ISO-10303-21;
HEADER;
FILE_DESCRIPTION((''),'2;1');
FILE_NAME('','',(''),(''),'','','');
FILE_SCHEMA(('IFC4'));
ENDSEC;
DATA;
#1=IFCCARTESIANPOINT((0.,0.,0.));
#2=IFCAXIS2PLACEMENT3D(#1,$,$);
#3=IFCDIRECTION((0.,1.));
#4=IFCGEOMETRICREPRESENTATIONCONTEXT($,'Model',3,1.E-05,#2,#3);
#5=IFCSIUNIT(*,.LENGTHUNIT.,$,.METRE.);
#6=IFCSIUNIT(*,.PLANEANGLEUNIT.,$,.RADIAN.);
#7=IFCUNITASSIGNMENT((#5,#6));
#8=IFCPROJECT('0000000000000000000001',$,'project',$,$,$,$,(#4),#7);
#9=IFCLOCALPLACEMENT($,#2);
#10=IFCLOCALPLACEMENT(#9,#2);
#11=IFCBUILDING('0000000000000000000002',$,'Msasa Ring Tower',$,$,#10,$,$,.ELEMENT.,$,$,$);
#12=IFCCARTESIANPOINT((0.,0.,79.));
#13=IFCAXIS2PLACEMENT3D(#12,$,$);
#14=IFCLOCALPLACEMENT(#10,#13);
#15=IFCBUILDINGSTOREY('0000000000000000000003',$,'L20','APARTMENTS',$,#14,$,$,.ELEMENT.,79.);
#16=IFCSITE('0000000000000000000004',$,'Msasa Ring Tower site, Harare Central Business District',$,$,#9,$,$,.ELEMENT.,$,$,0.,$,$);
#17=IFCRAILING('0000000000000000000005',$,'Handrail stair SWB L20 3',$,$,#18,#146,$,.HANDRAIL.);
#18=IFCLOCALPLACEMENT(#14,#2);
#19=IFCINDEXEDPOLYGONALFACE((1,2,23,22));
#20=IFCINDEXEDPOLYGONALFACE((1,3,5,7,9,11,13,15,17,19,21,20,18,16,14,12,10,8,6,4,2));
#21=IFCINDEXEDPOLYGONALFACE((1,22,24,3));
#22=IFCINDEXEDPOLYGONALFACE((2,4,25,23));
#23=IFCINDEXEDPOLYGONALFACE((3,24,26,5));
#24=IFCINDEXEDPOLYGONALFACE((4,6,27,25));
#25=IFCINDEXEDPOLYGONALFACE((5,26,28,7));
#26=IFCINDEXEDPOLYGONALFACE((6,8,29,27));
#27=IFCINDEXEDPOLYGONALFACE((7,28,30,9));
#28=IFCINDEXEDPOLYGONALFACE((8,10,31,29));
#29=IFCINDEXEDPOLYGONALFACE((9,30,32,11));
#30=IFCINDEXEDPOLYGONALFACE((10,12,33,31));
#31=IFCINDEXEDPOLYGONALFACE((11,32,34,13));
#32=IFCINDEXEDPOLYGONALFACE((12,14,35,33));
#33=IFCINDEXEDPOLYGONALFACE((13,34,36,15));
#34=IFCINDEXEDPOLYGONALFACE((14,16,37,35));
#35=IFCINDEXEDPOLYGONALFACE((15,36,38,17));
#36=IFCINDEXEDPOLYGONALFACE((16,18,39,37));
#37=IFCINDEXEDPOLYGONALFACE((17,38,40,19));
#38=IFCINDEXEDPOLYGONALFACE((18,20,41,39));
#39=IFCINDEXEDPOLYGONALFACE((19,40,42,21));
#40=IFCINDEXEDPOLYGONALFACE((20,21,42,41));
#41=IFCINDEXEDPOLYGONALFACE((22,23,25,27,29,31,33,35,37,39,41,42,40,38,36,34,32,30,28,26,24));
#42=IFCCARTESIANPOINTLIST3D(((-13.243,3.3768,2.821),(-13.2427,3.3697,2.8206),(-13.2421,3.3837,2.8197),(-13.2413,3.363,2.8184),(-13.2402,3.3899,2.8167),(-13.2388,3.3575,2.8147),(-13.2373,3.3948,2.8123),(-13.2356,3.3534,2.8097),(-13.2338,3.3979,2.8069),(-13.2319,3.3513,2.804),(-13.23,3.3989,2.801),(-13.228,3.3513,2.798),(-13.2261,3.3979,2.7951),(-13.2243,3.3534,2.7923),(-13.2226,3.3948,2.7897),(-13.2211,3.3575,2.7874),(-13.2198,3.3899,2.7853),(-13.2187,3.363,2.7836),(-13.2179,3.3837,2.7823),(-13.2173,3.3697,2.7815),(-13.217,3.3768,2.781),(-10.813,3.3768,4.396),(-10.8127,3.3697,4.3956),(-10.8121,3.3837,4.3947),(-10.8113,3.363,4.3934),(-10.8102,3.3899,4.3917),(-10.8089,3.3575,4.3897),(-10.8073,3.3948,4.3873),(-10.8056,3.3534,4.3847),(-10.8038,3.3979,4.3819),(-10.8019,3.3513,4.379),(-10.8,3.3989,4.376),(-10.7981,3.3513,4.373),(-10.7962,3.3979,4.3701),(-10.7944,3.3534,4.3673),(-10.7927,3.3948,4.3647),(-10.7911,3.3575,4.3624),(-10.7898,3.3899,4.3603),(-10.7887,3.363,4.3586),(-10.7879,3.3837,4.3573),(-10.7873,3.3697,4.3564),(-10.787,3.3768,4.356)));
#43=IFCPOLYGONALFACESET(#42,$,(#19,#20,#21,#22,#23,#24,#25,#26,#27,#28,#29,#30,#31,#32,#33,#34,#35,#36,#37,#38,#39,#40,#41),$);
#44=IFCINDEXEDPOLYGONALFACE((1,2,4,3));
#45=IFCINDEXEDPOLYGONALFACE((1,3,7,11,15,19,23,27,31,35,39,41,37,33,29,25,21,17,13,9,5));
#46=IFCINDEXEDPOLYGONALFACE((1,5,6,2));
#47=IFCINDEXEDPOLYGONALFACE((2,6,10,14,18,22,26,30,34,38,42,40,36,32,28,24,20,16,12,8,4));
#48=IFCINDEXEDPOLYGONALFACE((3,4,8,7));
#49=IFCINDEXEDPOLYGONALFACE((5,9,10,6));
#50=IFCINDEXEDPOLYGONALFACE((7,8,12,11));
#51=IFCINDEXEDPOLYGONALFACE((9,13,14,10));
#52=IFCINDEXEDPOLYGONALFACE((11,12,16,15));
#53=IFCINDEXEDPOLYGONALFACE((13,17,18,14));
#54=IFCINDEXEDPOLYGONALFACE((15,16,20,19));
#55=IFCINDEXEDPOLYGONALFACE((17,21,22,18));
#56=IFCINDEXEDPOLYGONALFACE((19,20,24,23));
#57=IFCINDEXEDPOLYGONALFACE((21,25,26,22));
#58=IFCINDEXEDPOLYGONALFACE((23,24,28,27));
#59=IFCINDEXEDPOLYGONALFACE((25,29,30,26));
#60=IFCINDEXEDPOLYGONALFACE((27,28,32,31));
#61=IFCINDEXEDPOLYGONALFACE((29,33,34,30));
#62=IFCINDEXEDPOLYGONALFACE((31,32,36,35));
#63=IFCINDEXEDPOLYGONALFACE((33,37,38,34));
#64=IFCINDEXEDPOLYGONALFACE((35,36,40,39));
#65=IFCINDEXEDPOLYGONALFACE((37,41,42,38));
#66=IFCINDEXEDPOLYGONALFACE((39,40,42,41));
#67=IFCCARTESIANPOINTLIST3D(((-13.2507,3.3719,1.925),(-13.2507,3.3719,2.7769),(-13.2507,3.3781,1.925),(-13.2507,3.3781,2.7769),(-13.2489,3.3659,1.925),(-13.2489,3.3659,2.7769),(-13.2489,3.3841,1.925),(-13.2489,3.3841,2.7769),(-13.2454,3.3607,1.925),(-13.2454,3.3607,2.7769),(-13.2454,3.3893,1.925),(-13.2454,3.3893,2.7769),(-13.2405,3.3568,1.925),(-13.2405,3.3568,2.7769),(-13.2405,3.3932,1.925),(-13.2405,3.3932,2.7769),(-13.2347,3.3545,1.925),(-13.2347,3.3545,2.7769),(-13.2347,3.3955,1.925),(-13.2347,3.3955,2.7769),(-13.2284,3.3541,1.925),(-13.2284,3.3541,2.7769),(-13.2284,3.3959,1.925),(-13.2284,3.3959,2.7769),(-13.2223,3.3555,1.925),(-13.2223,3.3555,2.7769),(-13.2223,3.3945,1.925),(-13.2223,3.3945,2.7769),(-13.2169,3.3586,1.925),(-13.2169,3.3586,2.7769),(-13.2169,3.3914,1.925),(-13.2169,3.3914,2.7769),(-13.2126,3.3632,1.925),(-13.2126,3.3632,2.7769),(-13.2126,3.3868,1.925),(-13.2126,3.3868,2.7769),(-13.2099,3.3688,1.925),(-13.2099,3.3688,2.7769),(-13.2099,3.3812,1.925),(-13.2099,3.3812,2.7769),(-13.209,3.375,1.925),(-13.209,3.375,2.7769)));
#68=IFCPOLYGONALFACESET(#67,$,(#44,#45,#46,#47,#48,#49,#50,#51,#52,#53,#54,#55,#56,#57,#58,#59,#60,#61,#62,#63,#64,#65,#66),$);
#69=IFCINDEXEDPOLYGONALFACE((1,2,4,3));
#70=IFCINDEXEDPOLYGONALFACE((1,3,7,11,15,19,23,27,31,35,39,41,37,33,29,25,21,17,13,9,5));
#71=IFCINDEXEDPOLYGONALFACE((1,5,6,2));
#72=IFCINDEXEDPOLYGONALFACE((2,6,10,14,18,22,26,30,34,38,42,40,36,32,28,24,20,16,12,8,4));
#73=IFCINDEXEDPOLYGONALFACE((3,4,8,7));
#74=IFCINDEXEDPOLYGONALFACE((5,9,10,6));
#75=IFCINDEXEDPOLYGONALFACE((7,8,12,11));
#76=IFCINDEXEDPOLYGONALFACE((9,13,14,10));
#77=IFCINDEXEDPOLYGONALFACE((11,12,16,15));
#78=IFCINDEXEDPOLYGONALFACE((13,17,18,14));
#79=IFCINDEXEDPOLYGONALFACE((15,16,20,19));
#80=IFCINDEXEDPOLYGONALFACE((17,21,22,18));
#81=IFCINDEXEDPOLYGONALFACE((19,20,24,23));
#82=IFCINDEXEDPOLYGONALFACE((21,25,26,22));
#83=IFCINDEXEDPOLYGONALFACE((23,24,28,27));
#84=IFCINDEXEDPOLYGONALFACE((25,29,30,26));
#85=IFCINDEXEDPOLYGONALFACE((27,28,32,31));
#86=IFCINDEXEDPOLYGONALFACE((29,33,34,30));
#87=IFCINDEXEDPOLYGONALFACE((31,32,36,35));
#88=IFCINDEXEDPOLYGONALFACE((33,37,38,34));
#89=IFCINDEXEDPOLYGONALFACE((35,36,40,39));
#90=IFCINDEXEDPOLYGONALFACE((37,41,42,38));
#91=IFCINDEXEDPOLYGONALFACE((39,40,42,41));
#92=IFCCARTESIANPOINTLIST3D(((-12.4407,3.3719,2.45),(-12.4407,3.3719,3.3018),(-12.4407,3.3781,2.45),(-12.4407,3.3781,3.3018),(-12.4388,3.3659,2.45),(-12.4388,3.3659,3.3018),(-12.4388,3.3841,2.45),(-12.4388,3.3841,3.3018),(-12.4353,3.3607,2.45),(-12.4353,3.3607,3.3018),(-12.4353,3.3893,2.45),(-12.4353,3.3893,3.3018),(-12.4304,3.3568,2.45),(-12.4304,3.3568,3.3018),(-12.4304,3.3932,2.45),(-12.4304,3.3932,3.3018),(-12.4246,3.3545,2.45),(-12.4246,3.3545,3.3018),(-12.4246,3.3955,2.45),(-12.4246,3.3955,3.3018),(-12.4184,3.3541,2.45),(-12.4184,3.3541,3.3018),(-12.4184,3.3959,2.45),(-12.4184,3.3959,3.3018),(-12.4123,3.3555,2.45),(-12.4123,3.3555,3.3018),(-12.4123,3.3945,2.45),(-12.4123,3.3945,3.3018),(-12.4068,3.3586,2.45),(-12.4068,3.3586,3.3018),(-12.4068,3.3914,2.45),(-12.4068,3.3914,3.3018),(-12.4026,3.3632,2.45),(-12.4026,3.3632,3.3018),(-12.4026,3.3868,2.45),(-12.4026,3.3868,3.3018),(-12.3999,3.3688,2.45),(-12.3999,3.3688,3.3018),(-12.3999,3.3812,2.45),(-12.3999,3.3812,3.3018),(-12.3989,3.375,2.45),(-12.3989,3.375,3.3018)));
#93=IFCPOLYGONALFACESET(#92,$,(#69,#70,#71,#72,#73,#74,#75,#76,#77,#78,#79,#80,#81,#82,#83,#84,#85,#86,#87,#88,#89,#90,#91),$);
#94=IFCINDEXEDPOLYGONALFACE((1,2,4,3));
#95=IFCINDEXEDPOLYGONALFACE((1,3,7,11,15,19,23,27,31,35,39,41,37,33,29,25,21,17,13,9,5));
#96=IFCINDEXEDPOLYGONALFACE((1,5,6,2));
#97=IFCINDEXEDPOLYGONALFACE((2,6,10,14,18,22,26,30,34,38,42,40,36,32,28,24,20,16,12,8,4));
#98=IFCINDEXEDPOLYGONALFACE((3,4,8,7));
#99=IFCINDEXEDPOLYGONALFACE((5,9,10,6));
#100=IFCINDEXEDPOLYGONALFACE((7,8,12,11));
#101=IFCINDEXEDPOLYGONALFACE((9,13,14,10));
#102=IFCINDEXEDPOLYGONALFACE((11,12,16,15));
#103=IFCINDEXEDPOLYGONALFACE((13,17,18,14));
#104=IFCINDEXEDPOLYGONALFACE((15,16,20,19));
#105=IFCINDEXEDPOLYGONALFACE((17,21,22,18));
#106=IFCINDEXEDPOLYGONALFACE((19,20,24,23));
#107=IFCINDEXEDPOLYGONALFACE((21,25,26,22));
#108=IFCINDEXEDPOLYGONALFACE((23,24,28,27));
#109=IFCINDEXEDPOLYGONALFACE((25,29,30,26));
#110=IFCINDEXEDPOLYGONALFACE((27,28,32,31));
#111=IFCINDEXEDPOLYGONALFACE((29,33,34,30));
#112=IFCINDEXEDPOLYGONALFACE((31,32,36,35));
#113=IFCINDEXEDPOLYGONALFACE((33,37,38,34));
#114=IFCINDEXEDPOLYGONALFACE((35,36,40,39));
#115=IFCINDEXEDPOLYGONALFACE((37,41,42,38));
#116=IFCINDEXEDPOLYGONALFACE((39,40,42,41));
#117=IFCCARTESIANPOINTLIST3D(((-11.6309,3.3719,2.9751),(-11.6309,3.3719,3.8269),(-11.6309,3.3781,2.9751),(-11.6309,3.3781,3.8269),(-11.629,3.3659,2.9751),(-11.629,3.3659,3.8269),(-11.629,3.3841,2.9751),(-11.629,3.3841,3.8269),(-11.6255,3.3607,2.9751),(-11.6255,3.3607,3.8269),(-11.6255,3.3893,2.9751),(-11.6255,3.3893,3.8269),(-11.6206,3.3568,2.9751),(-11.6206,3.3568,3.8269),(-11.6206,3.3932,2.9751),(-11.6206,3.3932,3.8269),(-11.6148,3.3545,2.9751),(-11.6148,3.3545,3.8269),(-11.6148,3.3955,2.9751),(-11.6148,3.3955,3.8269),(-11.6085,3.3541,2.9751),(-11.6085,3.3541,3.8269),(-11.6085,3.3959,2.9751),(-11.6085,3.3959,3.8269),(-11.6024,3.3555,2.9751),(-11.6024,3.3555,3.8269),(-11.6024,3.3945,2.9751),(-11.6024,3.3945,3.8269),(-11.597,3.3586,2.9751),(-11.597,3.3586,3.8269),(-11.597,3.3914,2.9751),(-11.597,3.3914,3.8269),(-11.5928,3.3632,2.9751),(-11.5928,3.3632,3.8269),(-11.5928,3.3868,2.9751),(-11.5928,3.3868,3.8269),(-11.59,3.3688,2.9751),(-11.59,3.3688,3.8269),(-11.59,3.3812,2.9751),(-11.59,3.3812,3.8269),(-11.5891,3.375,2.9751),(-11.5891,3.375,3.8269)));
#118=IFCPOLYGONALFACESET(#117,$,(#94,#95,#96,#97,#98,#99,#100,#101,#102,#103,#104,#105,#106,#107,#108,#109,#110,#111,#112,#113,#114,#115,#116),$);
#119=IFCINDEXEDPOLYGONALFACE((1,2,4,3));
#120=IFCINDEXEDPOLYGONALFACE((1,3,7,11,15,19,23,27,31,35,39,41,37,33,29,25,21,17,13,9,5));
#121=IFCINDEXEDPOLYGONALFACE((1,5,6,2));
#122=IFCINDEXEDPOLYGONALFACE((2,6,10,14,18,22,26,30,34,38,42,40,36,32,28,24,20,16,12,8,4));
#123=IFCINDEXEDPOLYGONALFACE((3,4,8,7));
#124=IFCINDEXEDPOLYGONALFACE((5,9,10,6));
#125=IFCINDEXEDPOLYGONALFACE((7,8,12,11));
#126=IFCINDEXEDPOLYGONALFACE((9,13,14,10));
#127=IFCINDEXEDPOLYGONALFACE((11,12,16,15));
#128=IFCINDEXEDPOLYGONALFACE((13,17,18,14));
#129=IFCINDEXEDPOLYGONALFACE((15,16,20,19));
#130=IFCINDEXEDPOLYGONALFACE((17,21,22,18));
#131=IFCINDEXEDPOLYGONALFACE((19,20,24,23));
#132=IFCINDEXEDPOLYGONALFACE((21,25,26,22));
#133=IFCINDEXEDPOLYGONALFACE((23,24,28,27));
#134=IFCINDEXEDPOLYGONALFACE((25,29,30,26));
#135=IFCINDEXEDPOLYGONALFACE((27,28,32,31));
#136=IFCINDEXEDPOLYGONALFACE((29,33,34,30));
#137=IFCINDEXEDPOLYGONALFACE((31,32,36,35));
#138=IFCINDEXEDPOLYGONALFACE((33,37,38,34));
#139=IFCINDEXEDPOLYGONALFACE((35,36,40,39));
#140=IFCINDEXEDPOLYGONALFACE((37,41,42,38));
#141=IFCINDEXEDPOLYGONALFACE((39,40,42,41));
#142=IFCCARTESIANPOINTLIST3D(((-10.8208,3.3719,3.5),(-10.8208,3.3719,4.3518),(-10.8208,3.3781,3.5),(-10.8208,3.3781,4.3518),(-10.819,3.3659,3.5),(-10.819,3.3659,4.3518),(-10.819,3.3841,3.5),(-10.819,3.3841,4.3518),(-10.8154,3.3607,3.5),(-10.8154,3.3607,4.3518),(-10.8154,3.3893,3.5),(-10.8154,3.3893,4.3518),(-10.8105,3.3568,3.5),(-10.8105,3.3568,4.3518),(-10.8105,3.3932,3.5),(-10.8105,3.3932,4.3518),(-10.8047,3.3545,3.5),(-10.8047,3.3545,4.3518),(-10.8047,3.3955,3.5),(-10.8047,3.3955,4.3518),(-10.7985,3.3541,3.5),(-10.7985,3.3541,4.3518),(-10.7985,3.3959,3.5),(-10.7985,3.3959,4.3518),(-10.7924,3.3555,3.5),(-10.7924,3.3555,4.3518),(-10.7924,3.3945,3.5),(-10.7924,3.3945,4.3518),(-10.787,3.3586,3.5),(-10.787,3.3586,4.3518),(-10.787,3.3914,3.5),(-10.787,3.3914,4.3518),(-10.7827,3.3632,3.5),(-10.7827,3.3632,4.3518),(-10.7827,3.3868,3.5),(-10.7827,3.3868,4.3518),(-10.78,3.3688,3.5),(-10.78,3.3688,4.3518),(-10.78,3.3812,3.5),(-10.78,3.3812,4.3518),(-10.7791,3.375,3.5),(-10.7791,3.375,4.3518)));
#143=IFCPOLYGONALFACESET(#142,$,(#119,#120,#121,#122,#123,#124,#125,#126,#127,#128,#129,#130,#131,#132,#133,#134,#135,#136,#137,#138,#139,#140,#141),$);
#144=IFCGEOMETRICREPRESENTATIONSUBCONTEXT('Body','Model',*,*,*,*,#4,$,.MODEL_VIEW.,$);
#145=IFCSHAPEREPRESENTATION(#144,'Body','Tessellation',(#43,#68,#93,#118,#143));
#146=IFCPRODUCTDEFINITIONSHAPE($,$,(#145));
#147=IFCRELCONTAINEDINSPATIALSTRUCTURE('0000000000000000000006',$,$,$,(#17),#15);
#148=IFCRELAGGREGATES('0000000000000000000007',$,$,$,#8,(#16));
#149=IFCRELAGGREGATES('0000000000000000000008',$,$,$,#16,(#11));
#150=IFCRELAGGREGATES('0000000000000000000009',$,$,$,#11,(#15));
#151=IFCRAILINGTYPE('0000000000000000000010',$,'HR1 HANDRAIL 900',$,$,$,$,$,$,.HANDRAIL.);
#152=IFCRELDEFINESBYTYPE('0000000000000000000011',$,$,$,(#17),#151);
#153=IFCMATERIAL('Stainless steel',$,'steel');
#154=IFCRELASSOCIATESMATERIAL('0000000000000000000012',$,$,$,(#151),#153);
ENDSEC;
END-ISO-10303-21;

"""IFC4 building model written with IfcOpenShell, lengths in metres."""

from ifc_helpers import new_model, si_unit, direction, frame, origin, origin_2d, place, context, subcontext, project, spatial, circle, extrude, material, type_object, element, save


model = new_model("IFC4")

# Units and contexts
model_context = context("Model", 3, precision=1e-05, world=origin(), true_north=direction((0.0, 1.0)))
body_context = subcontext(model_context, "Body", "Model", "MODEL_VIEW")
ifc_project = project(units=[si_unit("LENGTHUNIT", "METRE"), si_unit("PLANEANGLEUNIT", "RADIAN")], contexts=[model_context])

# Site, building, storey
site_placement = place(None, origin())
site = spatial("IfcSite", under=ifc_project, at=site_placement, Name="Msasa Ring Tower site, Harare Central Business District", CompositionType="ELEMENT", RefElevation=0.0)
building_placement = place(site_placement, origin())
building = spatial("IfcBuilding", under=site, at=building_placement, Name="Msasa Ring Tower", CompositionType="ELEMENT")
storey_placement = place(building_placement, frame((0.0, 0.0, 79.0)))
storey = spatial("IfcBuildingStorey", under=building, at=storey_placement, Name="L20", Description="APARTMENTS", CompositionType="ELEMENT", Elevation=79.0)

# Railing
ifc_material_1 = material(Name="Stainless steel", Category="steel")
railing_type = type_object("IfcRailingType", Name="HR1 HANDRAIL 900", PredefinedType="HANDRAIL", material=ifc_material_1)
for number, where, name in (
    (1, (-13.23, 3.375, 1.925), "Handrail stair SWB L20 3"),
):
    element("IfcRailing", number, at=place(storey_placement, frame(where)), inside=storey, type_object=railing_type, Name=name, PredefinedType="HANDRAIL", context=body_context, shape_type="SweptSolid", body=[
        extrude(circle(Radius=0.0239, at=origin_2d()), frame((0.0, 0.0, 0.876), z_axis=(0.839154, 0.0, 0.543894), x_axis=(0.0, 1.0, 0.0)), (0.0, 0.0, 1.0), 2.8958),
        extrude(circle(Radius=0.021, at=origin_2d()), origin(), (0.0, 0.0, 1.0), 0.8518),
        extrude(circle(Radius=0.021, at=origin_2d()), frame((0.8101, 0.0, 0.5249)), (0.0, 0.0, 1.0), 0.8518),
        extrude(circle(Radius=0.021, at=origin_2d()), frame((1.6199, 0.0, 1.05)), (0.0, 0.0, 1.0), 0.8518),
        extrude(circle(Radius=0.021, at=origin_2d()), frame((2.4299, 0.0, 1.575)), (0.0, 0.0, 1.0), 0.8518),
    ])

save(model, "model.ifc")
